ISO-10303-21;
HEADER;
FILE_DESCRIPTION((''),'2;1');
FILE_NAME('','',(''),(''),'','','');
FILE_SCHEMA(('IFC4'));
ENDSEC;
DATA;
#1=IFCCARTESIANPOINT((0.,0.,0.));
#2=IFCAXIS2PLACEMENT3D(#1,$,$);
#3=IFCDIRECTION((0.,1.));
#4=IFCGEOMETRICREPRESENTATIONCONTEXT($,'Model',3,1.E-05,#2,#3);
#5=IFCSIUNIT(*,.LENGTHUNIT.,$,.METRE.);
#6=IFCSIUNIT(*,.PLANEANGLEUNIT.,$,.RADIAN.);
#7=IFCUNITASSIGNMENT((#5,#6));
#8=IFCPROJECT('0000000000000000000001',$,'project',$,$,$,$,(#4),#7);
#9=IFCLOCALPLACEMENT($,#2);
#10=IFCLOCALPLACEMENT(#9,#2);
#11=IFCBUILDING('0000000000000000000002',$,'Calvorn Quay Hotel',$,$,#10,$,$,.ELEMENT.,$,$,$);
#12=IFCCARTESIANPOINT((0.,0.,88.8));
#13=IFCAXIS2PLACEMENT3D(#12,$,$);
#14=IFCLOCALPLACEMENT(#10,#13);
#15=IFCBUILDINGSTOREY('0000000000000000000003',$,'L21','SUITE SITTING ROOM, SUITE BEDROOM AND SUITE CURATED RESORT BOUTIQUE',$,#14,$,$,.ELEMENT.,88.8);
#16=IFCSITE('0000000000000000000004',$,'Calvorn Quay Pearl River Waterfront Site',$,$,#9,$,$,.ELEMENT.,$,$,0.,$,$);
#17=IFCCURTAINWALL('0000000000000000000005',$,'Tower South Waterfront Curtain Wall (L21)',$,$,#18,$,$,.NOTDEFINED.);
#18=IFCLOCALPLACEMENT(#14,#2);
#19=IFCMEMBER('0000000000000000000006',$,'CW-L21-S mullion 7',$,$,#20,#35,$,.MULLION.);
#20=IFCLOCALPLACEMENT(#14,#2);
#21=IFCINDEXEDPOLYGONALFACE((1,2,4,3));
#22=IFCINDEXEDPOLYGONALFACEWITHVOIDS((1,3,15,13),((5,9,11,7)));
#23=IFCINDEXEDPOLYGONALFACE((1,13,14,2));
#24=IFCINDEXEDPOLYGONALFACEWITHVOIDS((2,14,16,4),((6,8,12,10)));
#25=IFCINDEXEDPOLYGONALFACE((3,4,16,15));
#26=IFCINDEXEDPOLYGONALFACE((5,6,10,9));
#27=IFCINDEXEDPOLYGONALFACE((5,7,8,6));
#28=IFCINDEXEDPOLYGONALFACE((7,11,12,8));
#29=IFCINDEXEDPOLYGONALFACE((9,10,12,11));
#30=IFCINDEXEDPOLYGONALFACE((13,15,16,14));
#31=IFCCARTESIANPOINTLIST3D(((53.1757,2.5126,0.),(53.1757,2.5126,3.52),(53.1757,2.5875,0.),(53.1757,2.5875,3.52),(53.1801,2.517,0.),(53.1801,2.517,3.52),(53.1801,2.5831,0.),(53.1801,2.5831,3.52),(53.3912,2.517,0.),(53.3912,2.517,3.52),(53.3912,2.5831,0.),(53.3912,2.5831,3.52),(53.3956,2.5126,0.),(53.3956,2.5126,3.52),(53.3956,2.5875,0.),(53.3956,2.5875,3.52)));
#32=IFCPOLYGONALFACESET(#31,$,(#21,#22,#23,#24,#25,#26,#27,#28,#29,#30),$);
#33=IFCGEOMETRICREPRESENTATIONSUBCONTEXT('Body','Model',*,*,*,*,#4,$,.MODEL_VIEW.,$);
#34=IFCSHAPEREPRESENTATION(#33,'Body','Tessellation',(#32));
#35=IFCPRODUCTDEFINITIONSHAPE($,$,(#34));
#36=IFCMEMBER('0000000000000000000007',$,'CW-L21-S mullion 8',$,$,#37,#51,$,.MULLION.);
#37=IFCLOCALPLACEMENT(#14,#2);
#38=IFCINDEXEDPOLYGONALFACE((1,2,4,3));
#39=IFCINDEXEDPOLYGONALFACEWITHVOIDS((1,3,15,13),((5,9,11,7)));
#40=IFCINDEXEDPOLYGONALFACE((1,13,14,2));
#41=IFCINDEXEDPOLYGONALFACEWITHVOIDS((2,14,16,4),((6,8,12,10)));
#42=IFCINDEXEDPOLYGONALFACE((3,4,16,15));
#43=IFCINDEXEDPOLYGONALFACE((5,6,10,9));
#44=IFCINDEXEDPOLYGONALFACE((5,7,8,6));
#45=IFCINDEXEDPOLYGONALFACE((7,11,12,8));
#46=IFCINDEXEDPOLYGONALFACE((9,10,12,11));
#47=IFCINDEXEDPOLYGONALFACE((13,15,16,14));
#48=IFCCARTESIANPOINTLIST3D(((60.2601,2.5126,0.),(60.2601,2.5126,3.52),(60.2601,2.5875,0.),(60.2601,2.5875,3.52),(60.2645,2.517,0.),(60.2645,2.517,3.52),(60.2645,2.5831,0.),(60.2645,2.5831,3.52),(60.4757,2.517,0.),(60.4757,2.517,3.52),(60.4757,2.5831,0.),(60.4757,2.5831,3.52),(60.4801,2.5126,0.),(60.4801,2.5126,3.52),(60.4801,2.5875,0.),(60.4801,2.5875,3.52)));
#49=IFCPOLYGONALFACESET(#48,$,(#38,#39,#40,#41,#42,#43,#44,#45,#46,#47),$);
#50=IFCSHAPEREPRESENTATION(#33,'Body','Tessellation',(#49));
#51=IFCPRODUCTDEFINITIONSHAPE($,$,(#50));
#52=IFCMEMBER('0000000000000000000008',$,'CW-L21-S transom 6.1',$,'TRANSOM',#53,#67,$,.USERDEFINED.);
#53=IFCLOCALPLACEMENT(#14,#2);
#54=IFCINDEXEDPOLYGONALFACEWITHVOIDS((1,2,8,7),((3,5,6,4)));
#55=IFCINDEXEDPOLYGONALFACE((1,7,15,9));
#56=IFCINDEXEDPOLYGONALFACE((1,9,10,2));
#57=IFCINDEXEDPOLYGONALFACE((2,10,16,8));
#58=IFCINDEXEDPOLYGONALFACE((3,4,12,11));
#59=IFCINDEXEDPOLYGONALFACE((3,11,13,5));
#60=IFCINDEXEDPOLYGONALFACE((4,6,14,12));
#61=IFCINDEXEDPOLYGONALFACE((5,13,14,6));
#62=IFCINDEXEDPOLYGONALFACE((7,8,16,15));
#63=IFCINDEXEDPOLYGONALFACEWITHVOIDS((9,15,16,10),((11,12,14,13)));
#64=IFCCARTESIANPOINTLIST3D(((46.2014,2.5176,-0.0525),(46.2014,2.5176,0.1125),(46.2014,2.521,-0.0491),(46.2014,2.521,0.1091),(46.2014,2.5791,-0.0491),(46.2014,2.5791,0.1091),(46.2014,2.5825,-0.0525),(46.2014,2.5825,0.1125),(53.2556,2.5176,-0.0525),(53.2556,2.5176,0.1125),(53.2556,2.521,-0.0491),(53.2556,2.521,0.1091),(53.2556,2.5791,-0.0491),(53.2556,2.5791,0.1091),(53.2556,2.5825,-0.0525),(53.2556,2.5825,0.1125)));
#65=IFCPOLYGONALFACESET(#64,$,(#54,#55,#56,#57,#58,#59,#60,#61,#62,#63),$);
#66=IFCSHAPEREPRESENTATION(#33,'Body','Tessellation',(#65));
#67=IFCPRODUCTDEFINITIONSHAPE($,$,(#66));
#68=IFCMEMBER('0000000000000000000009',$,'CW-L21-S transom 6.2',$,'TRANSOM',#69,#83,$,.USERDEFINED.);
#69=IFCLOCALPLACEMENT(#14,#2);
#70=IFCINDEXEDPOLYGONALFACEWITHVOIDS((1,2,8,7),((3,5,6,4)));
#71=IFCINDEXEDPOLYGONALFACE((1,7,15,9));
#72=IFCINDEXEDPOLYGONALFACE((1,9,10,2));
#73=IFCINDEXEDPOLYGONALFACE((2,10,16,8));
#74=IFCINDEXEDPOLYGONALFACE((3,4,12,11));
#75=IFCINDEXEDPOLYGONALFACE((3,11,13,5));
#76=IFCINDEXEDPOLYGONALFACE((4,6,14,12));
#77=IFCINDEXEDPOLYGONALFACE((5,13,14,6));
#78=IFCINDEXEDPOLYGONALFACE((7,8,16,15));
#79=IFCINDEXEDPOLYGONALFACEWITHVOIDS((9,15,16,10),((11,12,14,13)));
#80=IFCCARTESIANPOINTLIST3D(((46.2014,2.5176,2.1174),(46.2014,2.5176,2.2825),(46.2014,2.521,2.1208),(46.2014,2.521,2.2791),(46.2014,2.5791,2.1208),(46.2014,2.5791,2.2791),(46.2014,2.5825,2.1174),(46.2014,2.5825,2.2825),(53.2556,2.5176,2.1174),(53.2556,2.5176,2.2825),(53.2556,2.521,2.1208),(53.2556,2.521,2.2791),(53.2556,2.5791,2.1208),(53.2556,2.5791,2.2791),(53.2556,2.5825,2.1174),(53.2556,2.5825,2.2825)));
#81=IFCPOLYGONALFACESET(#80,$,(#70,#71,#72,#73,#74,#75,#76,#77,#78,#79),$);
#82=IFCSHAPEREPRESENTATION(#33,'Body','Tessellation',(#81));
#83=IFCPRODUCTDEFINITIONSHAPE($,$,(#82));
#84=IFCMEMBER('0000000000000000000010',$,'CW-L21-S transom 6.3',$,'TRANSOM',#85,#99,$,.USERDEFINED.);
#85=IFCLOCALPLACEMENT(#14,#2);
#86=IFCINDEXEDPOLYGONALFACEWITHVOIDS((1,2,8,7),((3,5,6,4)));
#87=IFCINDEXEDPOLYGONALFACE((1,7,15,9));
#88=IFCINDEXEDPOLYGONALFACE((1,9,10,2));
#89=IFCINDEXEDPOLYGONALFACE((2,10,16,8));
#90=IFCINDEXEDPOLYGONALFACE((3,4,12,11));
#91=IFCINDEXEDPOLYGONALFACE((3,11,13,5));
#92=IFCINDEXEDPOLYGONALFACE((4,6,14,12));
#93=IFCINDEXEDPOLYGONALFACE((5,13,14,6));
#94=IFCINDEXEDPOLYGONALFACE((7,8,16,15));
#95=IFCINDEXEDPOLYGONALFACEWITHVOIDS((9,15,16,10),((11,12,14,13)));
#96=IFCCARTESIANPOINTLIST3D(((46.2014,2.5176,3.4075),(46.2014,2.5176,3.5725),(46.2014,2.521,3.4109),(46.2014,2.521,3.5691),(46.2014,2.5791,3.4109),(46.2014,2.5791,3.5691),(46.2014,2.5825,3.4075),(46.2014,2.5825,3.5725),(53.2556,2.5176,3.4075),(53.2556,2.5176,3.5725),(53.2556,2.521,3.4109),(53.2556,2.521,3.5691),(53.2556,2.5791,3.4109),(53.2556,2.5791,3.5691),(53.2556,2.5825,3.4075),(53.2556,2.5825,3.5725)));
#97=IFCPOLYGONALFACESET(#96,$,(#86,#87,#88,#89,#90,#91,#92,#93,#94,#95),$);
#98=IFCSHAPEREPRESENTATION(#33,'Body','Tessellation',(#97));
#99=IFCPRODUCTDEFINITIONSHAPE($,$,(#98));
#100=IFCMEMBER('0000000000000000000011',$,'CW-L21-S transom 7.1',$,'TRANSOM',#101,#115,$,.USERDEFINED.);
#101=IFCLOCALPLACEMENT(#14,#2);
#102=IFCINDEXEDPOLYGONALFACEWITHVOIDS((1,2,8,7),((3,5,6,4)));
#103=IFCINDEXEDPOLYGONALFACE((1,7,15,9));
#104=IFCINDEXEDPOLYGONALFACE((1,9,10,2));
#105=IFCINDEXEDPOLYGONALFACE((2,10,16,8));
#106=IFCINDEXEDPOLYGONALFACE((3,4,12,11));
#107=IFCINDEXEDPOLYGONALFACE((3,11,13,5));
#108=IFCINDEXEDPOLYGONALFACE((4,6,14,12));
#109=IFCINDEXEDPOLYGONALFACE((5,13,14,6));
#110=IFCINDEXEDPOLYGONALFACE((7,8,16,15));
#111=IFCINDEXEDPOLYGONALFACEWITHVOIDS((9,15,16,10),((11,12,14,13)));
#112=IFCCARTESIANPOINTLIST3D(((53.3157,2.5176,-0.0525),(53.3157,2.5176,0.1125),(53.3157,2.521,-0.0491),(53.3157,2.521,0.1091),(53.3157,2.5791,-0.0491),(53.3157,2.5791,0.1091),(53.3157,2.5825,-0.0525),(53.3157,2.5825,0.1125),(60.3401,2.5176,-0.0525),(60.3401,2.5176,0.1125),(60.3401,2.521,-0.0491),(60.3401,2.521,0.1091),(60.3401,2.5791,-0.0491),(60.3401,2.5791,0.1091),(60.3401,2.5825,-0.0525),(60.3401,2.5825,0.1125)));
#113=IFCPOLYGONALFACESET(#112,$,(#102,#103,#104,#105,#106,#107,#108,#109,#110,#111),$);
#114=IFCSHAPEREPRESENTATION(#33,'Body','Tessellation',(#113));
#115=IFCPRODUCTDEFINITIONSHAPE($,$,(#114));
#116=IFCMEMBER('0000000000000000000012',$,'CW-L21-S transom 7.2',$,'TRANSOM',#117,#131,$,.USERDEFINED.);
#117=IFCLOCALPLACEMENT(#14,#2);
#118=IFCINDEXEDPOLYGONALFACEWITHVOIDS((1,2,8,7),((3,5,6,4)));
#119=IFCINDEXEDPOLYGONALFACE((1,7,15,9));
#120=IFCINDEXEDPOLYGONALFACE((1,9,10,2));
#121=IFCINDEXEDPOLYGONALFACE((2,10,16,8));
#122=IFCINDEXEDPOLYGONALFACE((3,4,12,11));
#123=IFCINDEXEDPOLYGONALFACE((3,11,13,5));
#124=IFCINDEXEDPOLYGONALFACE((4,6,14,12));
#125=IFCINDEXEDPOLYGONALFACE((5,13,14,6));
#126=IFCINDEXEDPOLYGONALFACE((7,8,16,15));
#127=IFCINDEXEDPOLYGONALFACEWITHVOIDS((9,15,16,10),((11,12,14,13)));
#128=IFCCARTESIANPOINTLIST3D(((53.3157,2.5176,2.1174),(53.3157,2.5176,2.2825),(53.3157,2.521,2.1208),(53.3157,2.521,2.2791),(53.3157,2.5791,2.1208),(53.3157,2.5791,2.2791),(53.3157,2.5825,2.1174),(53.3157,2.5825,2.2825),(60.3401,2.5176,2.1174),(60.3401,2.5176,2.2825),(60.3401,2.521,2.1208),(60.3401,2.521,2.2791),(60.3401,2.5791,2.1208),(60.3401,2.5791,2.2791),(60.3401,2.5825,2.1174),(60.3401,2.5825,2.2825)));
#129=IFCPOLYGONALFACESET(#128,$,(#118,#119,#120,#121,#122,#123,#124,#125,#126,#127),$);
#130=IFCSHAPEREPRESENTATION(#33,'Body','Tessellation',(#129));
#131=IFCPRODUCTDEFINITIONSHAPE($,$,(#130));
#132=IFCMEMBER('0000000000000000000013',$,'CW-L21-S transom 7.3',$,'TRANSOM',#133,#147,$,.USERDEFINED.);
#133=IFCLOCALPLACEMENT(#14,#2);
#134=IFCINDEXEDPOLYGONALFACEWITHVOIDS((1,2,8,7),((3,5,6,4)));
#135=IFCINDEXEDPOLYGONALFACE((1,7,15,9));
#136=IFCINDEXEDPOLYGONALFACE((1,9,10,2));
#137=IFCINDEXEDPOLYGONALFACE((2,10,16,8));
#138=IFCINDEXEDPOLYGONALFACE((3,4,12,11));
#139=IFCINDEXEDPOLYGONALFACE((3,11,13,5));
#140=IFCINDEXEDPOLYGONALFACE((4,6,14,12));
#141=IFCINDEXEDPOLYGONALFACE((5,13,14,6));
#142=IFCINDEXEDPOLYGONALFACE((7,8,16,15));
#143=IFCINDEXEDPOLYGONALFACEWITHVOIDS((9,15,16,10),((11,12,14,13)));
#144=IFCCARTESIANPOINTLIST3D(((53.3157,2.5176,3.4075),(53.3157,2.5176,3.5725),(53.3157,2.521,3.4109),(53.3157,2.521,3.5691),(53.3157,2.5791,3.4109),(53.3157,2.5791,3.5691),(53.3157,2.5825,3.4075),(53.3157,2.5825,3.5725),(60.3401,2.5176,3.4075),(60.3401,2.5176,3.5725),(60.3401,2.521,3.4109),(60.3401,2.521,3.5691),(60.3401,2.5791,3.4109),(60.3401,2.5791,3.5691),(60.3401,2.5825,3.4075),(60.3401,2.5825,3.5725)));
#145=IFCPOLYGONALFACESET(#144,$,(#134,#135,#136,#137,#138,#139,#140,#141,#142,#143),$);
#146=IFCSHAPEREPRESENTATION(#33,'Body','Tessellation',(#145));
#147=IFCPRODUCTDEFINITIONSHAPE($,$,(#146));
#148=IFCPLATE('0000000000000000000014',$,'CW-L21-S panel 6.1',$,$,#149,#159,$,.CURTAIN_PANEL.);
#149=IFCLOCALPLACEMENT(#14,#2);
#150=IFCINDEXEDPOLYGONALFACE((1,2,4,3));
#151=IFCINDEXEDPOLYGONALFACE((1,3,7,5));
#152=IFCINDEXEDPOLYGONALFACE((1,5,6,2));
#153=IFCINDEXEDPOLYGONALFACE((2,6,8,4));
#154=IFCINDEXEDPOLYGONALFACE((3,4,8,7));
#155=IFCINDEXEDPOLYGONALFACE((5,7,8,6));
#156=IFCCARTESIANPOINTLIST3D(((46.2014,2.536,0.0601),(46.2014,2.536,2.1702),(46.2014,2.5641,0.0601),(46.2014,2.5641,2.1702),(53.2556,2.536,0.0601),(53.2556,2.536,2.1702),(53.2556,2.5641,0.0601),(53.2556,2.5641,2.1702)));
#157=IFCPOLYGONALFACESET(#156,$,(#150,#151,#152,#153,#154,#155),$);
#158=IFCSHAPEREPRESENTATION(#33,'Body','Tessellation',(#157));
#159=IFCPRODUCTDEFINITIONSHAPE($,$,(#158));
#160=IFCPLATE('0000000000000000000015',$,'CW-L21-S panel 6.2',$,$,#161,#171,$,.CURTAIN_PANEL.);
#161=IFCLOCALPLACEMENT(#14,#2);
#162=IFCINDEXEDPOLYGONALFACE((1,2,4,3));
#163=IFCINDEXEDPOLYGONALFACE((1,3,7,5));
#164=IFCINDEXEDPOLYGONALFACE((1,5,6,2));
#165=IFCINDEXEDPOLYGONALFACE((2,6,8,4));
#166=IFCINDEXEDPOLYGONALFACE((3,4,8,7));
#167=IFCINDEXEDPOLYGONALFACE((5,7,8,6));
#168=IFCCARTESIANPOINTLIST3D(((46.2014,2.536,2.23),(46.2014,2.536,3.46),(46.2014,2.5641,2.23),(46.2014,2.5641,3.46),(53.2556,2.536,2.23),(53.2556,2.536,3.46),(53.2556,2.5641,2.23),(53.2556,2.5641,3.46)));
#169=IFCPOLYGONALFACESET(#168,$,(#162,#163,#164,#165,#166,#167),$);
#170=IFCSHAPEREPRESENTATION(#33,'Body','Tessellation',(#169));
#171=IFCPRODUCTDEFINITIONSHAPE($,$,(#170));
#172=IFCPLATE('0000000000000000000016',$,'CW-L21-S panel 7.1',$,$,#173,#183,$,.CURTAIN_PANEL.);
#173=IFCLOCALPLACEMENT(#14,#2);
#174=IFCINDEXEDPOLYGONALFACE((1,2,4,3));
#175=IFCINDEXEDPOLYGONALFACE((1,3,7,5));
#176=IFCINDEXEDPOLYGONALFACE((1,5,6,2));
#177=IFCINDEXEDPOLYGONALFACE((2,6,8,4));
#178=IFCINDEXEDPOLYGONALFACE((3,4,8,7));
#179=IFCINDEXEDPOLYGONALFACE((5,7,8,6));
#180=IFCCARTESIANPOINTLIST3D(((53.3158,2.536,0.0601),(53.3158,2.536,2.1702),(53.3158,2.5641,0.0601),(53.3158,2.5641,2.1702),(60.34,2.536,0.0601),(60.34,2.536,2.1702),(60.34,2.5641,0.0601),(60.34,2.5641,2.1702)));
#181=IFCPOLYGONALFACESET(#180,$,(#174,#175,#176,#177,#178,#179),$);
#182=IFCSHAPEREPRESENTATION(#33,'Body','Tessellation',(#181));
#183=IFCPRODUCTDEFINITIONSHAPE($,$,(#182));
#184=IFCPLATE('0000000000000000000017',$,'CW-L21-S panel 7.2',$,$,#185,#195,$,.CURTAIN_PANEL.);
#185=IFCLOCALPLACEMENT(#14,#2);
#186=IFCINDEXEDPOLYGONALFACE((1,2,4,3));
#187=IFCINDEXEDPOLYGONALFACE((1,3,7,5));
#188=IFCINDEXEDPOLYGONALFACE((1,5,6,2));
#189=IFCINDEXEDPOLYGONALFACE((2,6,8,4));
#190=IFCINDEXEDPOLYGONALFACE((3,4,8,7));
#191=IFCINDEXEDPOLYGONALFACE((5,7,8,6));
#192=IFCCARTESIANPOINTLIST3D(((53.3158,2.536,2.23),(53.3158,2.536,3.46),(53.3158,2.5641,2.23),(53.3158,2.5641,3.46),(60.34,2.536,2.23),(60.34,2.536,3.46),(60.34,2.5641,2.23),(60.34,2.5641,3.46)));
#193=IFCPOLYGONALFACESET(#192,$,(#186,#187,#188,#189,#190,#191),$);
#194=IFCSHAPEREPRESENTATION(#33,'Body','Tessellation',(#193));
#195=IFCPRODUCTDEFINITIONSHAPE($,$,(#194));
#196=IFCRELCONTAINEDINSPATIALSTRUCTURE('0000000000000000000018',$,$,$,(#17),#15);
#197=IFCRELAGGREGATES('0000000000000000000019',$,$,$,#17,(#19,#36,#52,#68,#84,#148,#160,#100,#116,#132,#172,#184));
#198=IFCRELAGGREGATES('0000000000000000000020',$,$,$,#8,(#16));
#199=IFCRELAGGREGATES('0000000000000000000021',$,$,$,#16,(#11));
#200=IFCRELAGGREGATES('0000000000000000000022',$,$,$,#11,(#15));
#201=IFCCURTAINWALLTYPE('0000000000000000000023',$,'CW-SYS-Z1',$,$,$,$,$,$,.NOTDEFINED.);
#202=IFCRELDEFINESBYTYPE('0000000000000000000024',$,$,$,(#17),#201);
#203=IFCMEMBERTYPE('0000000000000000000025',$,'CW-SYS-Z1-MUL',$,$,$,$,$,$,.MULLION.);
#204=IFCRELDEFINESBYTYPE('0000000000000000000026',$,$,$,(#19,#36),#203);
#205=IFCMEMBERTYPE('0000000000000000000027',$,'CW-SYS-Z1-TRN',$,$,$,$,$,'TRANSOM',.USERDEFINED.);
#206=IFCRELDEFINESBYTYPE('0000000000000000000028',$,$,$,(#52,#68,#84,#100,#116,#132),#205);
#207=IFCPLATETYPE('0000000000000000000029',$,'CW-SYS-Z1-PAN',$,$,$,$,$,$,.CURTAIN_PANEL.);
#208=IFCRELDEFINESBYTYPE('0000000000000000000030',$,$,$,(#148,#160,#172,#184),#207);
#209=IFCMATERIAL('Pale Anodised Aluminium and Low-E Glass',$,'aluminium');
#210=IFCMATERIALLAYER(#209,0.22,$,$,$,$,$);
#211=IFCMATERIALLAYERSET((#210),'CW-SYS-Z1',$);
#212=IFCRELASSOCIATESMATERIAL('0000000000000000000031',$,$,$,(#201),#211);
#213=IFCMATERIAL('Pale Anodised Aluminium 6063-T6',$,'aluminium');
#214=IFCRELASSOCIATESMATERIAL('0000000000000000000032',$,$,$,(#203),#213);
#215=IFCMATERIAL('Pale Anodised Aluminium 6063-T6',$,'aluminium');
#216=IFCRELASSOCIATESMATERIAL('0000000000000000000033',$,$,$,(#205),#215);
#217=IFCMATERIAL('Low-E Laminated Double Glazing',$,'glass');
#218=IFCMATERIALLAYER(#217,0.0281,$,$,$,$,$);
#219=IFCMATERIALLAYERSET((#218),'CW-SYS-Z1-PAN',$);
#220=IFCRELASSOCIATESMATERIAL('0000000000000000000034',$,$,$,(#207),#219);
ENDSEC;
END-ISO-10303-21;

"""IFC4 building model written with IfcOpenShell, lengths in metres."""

from ifc_helpers import new_model, si_unit, direction, frame, origin, origin_2d, place, context, subcontext, project, spatial, rectangle, hollow_rectangle, extrude, material, layer, layer_set, material_profile, profile_set, type_object, element, aggregate, save


model = new_model("IFC4")

# Units and contexts
model_context = context("Model", 3, precision=1e-05, world=origin(), true_north=direction((0.0, 1.0)))
body_context = subcontext(model_context, "Body", "Model", "MODEL_VIEW")
ifc_project = project(units=[si_unit("LENGTHUNIT", "METRE"), si_unit("PLANEANGLEUNIT", "RADIAN")], contexts=[model_context])

# Site, building, storey
site_placement = place(None, origin())
site = spatial("IfcSite", under=ifc_project, at=site_placement, Name="Calvorn Quay Pearl River Waterfront Site", CompositionType="ELEMENT", RefElevation=0.0)
building_placement = place(site_placement, origin())
building = spatial("IfcBuilding", under=site, at=building_placement, Name="Calvorn Quay Hotel", CompositionType="ELEMENT")
storey_placement = place(building_placement, frame((0.0, 0.0, 88.8)))
storey = spatial("IfcBuildingStorey", under=building, at=storey_placement, Name="L21", Description="SUITE SITTING ROOM, SUITE BEDROOM AND SUITE CURATED RESORT BOUTIQUE", CompositionType="ELEMENT", Elevation=88.8)

# Curtain wall, members, plates
ifc_material_1 = material(Name="Pale Anodised Aluminium and Low-E Glass", Category="aluminium")
ifc_layer_1 = layer(ifc_material_1, 0.22)
ifc_layer_set_1 = layer_set([ifc_layer_1], Name="CW-SYS-Z1")
curtain_wall_type = type_object("IfcCurtainWallType", Name="CW-SYS-Z1", PredefinedType="NOTDEFINED", material=ifc_layer_set_1)
curtain_wall_placement = place(storey_placement, origin())
curtain_wall = element("IfcCurtainWall", 1, at=curtain_wall_placement, inside=storey, type_object=curtain_wall_type, Name="Tower South Waterfront Curtain Wall (L21)", PredefinedType="NOTDEFINED")
ifc_material_2 = material(Name="Pale Anodised Aluminium 6063-T6", Category="aluminium")
ifc_material_profile_1 = material_profile(ifc_material_2, hollow_rectangle(XDim=0.075, YDim=0.22, WallThickness=0.0044, at=origin_2d()), Name="ALU-M220x75x4.5")
ifc_profile_set_1 = profile_set([ifc_material_profile_1], Name="Pale Anodised Aluminium 6063-T6")
member_type_1 = type_object("IfcMemberType", Name="CW-SYS-Z1-MUL", PredefinedType="MULLION", material=ifc_profile_set_1)
member_1_placement = place(storey_placement, frame((53.2856, 2.55, 0.0), z_axis=(0.0, 0.0, 1.0), x_axis=(0.0, 1.0, 0.0)))
member_1 = element("IfcMember", 2, at=member_1_placement, type_object=member_type_1, Name="CW-L21-S mullion 7", PredefinedType="MULLION", context=body_context, shape_type="SweptSolid", body=[
    extrude(hollow_rectangle(XDim=0.075, YDim=0.22, WallThickness=0.0044, at=origin_2d()), origin(), (0.0, 0.0, 1.0), 3.52),
])
member_2_placement = place(storey_placement, frame((60.3701, 2.55, 0.0), z_axis=(0.0, 0.0, 1.0), x_axis=(0.0, 1.0, 0.0)))
member_2 = element("IfcMember", 3, at=member_2_placement, type_object=member_type_1, Name="CW-L21-S mullion 8", PredefinedType="MULLION", context=body_context, shape_type="SweptSolid", body=[
    extrude(hollow_rectangle(XDim=0.075, YDim=0.22, WallThickness=0.0044, at=origin_2d()), origin(), (0.0, 0.0, 1.0), 3.52),
])
ifc_material_3 = material(Name="Pale Anodised Aluminium 6063-T6", Category="aluminium")
ifc_material_profile_2 = material_profile(ifc_material_3, hollow_rectangle(XDim=0.0649, YDim=0.165, WallThickness=0.0034, at=origin_2d()), Name="ALU-T165x65x3.5")
ifc_profile_set_2 = profile_set([ifc_material_profile_2], Name="Pale Anodised Aluminium 6063-T6")
member_type_2 = type_object("IfcMemberType", Name="CW-SYS-Z1-TRN", ElementType="TRANSOM", PredefinedType="USERDEFINED", material=ifc_profile_set_2)
member_3_placement = place(storey_placement, frame((46.2014, 2.55, 0.03), z_axis=(1.0, 0.0, 0.0), x_axis=(0.0, 1.0, 0.0)))
member_3 = element("IfcMember", 4, at=member_3_placement, type_object=member_type_2, Name="CW-L21-S transom 6.1", ObjectType="TRANSOM", PredefinedType="USERDEFINED", context=body_context, shape_type="SweptSolid", body=[
    extrude(hollow_rectangle(XDim=0.0649, YDim=0.165, WallThickness=0.0034, at=origin_2d()), origin(), (0.0, 0.0, 1.0), 7.0542),
])
member_4_placement = place(storey_placement, frame((46.2014, 2.55, 2.2), z_axis=(1.0, 0.0, 0.0), x_axis=(0.0, 1.0, 0.0)))
member_4 = element("IfcMember", 5, at=member_4_placement, type_object=member_type_2, Name="CW-L21-S transom 6.2", ObjectType="TRANSOM", PredefinedType="USERDEFINED", context=body_context, shape_type="SweptSolid", body=[
    extrude(hollow_rectangle(XDim=0.0649, YDim=0.165, WallThickness=0.0034, at=origin_2d()), origin(), (0.0, 0.0, 1.0), 7.0542),
])
member_5_placement = place(storey_placement, frame((46.2014, 2.55, 3.49), z_axis=(1.0, 0.0, 0.0), x_axis=(0.0, 1.0, 0.0)))
member_5 = element("IfcMember", 6, at=member_5_placement, type_object=member_type_2, Name="CW-L21-S transom 6.3", ObjectType="TRANSOM", PredefinedType="USERDEFINED", context=body_context, shape_type="SweptSolid", body=[
    extrude(hollow_rectangle(XDim=0.0649, YDim=0.165, WallThickness=0.0034, at=origin_2d()), origin(), (0.0, 0.0, 1.0), 7.0542),
])
member_6_placement = place(storey_placement, frame((53.3157, 2.55, 0.03), z_axis=(1.0, 0.0, 0.0), x_axis=(0.0, 1.0, 0.0)))
member_6 = element("IfcMember", 7, at=member_6_placement, type_object=member_type_2, Name="CW-L21-S transom 7.1", ObjectType="TRANSOM", PredefinedType="USERDEFINED", context=body_context, shape_type="SweptSolid", body=[
    extrude(hollow_rectangle(XDim=0.0649, YDim=0.165, WallThickness=0.0034, at=origin_2d()), origin(), (0.0, 0.0, 1.0), 7.0244),
])
member_7_placement = place(storey_placement, frame((53.3157, 2.55, 2.2), z_axis=(1.0, 0.0, 0.0), x_axis=(0.0, 1.0, 0.0)))
member_7 = element("IfcMember", 8, at=member_7_placement, type_object=member_type_2, Name="CW-L21-S transom 7.2", ObjectType="TRANSOM", PredefinedType="USERDEFINED", context=body_context, shape_type="SweptSolid", body=[
    extrude(hollow_rectangle(XDim=0.0649, YDim=0.165, WallThickness=0.0034, at=origin_2d()), origin(), (0.0, 0.0, 1.0), 7.0244),
])
member_8_placement = place(storey_placement, frame((53.3157, 2.55, 3.49), z_axis=(1.0, 0.0, 0.0), x_axis=(0.0, 1.0, 0.0)))
member_8 = element("IfcMember", 9, at=member_8_placement, type_object=member_type_2, Name="CW-L21-S transom 7.3", ObjectType="TRANSOM", PredefinedType="USERDEFINED", context=body_context, shape_type="SweptSolid", body=[
    extrude(hollow_rectangle(XDim=0.0649, YDim=0.165, WallThickness=0.0034, at=origin_2d()), origin(), (0.0, 0.0, 1.0), 7.0244),
])
ifc_material_4 = material(Name="Low-E Laminated Double Glazing", Category="glass")
ifc_layer_2 = layer(ifc_material_4, 0.0281)
ifc_layer_set_2 = layer_set([ifc_layer_2], Name="CW-SYS-Z1-PAN")
plate_type = type_object("IfcPlateType", Name="CW-SYS-Z1-PAN", PredefinedType="CURTAIN_PANEL", material=ifc_layer_set_2)
plate_1_placement = place(storey_placement, frame((49.7285, 2.55, 0.0601), z_axis=(0.0, 0.0, 1.0), x_axis=(1.0, 0.0, 0.0)))
plate_1 = element("IfcPlate", 10, at=plate_1_placement, type_object=plate_type, Name="CW-L21-S panel 6.1", PredefinedType="CURTAIN_PANEL", context=body_context, shape_type="SweptSolid", body=[
    extrude(rectangle(XDim=7.0542, YDim=0.0281, at=origin_2d()), origin(), (0.0, 0.0, 1.0), 2.1101),
])
plate_2_placement = place(storey_placement, frame((49.7285, 2.55, 2.23), z_axis=(0.0, 0.0, 1.0), x_axis=(1.0, 0.0, 0.0)))
plate_2 = element("IfcPlate", 11, at=plate_2_placement, type_object=plate_type, Name="CW-L21-S panel 6.2", PredefinedType="CURTAIN_PANEL", context=body_context, shape_type="SweptSolid", body=[
    extrude(rectangle(XDim=7.0542, YDim=0.0281, at=origin_2d()), origin(), (0.0, 0.0, 1.0), 1.23),
])
plate_3_placement = place(storey_placement, frame((56.8279, 2.55, 0.0601), z_axis=(0.0, 0.0, 1.0), x_axis=(1.0, 0.0, 0.0)))
plate_3 = element("IfcPlate", 12, at=plate_3_placement, type_object=plate_type, Name="CW-L21-S panel 7.1", PredefinedType="CURTAIN_PANEL", context=body_context, shape_type="SweptSolid", body=[
    extrude(rectangle(XDim=7.0242, YDim=0.0281, at=origin_2d()), origin(), (0.0, 0.0, 1.0), 2.1101),
])
plate_4_placement = place(storey_placement, frame((56.8279, 2.55, 2.23), z_axis=(0.0, 0.0, 1.0), x_axis=(1.0, 0.0, 0.0)))
plate_4 = element("IfcPlate", 13, at=plate_4_placement, type_object=plate_type, Name="CW-L21-S panel 7.2", PredefinedType="CURTAIN_PANEL", context=body_context, shape_type="SweptSolid", body=[
    extrude(rectangle(XDim=7.0242, YDim=0.0281, at=origin_2d()), origin(), (0.0, 0.0, 1.0), 1.23),
])
aggregate(curtain_wall, [member_1, member_2, member_3, member_4, member_5, plate_1, plate_2, member_6, member_7, member_8, plate_3, plate_4])

save(model, "model.ifc")
